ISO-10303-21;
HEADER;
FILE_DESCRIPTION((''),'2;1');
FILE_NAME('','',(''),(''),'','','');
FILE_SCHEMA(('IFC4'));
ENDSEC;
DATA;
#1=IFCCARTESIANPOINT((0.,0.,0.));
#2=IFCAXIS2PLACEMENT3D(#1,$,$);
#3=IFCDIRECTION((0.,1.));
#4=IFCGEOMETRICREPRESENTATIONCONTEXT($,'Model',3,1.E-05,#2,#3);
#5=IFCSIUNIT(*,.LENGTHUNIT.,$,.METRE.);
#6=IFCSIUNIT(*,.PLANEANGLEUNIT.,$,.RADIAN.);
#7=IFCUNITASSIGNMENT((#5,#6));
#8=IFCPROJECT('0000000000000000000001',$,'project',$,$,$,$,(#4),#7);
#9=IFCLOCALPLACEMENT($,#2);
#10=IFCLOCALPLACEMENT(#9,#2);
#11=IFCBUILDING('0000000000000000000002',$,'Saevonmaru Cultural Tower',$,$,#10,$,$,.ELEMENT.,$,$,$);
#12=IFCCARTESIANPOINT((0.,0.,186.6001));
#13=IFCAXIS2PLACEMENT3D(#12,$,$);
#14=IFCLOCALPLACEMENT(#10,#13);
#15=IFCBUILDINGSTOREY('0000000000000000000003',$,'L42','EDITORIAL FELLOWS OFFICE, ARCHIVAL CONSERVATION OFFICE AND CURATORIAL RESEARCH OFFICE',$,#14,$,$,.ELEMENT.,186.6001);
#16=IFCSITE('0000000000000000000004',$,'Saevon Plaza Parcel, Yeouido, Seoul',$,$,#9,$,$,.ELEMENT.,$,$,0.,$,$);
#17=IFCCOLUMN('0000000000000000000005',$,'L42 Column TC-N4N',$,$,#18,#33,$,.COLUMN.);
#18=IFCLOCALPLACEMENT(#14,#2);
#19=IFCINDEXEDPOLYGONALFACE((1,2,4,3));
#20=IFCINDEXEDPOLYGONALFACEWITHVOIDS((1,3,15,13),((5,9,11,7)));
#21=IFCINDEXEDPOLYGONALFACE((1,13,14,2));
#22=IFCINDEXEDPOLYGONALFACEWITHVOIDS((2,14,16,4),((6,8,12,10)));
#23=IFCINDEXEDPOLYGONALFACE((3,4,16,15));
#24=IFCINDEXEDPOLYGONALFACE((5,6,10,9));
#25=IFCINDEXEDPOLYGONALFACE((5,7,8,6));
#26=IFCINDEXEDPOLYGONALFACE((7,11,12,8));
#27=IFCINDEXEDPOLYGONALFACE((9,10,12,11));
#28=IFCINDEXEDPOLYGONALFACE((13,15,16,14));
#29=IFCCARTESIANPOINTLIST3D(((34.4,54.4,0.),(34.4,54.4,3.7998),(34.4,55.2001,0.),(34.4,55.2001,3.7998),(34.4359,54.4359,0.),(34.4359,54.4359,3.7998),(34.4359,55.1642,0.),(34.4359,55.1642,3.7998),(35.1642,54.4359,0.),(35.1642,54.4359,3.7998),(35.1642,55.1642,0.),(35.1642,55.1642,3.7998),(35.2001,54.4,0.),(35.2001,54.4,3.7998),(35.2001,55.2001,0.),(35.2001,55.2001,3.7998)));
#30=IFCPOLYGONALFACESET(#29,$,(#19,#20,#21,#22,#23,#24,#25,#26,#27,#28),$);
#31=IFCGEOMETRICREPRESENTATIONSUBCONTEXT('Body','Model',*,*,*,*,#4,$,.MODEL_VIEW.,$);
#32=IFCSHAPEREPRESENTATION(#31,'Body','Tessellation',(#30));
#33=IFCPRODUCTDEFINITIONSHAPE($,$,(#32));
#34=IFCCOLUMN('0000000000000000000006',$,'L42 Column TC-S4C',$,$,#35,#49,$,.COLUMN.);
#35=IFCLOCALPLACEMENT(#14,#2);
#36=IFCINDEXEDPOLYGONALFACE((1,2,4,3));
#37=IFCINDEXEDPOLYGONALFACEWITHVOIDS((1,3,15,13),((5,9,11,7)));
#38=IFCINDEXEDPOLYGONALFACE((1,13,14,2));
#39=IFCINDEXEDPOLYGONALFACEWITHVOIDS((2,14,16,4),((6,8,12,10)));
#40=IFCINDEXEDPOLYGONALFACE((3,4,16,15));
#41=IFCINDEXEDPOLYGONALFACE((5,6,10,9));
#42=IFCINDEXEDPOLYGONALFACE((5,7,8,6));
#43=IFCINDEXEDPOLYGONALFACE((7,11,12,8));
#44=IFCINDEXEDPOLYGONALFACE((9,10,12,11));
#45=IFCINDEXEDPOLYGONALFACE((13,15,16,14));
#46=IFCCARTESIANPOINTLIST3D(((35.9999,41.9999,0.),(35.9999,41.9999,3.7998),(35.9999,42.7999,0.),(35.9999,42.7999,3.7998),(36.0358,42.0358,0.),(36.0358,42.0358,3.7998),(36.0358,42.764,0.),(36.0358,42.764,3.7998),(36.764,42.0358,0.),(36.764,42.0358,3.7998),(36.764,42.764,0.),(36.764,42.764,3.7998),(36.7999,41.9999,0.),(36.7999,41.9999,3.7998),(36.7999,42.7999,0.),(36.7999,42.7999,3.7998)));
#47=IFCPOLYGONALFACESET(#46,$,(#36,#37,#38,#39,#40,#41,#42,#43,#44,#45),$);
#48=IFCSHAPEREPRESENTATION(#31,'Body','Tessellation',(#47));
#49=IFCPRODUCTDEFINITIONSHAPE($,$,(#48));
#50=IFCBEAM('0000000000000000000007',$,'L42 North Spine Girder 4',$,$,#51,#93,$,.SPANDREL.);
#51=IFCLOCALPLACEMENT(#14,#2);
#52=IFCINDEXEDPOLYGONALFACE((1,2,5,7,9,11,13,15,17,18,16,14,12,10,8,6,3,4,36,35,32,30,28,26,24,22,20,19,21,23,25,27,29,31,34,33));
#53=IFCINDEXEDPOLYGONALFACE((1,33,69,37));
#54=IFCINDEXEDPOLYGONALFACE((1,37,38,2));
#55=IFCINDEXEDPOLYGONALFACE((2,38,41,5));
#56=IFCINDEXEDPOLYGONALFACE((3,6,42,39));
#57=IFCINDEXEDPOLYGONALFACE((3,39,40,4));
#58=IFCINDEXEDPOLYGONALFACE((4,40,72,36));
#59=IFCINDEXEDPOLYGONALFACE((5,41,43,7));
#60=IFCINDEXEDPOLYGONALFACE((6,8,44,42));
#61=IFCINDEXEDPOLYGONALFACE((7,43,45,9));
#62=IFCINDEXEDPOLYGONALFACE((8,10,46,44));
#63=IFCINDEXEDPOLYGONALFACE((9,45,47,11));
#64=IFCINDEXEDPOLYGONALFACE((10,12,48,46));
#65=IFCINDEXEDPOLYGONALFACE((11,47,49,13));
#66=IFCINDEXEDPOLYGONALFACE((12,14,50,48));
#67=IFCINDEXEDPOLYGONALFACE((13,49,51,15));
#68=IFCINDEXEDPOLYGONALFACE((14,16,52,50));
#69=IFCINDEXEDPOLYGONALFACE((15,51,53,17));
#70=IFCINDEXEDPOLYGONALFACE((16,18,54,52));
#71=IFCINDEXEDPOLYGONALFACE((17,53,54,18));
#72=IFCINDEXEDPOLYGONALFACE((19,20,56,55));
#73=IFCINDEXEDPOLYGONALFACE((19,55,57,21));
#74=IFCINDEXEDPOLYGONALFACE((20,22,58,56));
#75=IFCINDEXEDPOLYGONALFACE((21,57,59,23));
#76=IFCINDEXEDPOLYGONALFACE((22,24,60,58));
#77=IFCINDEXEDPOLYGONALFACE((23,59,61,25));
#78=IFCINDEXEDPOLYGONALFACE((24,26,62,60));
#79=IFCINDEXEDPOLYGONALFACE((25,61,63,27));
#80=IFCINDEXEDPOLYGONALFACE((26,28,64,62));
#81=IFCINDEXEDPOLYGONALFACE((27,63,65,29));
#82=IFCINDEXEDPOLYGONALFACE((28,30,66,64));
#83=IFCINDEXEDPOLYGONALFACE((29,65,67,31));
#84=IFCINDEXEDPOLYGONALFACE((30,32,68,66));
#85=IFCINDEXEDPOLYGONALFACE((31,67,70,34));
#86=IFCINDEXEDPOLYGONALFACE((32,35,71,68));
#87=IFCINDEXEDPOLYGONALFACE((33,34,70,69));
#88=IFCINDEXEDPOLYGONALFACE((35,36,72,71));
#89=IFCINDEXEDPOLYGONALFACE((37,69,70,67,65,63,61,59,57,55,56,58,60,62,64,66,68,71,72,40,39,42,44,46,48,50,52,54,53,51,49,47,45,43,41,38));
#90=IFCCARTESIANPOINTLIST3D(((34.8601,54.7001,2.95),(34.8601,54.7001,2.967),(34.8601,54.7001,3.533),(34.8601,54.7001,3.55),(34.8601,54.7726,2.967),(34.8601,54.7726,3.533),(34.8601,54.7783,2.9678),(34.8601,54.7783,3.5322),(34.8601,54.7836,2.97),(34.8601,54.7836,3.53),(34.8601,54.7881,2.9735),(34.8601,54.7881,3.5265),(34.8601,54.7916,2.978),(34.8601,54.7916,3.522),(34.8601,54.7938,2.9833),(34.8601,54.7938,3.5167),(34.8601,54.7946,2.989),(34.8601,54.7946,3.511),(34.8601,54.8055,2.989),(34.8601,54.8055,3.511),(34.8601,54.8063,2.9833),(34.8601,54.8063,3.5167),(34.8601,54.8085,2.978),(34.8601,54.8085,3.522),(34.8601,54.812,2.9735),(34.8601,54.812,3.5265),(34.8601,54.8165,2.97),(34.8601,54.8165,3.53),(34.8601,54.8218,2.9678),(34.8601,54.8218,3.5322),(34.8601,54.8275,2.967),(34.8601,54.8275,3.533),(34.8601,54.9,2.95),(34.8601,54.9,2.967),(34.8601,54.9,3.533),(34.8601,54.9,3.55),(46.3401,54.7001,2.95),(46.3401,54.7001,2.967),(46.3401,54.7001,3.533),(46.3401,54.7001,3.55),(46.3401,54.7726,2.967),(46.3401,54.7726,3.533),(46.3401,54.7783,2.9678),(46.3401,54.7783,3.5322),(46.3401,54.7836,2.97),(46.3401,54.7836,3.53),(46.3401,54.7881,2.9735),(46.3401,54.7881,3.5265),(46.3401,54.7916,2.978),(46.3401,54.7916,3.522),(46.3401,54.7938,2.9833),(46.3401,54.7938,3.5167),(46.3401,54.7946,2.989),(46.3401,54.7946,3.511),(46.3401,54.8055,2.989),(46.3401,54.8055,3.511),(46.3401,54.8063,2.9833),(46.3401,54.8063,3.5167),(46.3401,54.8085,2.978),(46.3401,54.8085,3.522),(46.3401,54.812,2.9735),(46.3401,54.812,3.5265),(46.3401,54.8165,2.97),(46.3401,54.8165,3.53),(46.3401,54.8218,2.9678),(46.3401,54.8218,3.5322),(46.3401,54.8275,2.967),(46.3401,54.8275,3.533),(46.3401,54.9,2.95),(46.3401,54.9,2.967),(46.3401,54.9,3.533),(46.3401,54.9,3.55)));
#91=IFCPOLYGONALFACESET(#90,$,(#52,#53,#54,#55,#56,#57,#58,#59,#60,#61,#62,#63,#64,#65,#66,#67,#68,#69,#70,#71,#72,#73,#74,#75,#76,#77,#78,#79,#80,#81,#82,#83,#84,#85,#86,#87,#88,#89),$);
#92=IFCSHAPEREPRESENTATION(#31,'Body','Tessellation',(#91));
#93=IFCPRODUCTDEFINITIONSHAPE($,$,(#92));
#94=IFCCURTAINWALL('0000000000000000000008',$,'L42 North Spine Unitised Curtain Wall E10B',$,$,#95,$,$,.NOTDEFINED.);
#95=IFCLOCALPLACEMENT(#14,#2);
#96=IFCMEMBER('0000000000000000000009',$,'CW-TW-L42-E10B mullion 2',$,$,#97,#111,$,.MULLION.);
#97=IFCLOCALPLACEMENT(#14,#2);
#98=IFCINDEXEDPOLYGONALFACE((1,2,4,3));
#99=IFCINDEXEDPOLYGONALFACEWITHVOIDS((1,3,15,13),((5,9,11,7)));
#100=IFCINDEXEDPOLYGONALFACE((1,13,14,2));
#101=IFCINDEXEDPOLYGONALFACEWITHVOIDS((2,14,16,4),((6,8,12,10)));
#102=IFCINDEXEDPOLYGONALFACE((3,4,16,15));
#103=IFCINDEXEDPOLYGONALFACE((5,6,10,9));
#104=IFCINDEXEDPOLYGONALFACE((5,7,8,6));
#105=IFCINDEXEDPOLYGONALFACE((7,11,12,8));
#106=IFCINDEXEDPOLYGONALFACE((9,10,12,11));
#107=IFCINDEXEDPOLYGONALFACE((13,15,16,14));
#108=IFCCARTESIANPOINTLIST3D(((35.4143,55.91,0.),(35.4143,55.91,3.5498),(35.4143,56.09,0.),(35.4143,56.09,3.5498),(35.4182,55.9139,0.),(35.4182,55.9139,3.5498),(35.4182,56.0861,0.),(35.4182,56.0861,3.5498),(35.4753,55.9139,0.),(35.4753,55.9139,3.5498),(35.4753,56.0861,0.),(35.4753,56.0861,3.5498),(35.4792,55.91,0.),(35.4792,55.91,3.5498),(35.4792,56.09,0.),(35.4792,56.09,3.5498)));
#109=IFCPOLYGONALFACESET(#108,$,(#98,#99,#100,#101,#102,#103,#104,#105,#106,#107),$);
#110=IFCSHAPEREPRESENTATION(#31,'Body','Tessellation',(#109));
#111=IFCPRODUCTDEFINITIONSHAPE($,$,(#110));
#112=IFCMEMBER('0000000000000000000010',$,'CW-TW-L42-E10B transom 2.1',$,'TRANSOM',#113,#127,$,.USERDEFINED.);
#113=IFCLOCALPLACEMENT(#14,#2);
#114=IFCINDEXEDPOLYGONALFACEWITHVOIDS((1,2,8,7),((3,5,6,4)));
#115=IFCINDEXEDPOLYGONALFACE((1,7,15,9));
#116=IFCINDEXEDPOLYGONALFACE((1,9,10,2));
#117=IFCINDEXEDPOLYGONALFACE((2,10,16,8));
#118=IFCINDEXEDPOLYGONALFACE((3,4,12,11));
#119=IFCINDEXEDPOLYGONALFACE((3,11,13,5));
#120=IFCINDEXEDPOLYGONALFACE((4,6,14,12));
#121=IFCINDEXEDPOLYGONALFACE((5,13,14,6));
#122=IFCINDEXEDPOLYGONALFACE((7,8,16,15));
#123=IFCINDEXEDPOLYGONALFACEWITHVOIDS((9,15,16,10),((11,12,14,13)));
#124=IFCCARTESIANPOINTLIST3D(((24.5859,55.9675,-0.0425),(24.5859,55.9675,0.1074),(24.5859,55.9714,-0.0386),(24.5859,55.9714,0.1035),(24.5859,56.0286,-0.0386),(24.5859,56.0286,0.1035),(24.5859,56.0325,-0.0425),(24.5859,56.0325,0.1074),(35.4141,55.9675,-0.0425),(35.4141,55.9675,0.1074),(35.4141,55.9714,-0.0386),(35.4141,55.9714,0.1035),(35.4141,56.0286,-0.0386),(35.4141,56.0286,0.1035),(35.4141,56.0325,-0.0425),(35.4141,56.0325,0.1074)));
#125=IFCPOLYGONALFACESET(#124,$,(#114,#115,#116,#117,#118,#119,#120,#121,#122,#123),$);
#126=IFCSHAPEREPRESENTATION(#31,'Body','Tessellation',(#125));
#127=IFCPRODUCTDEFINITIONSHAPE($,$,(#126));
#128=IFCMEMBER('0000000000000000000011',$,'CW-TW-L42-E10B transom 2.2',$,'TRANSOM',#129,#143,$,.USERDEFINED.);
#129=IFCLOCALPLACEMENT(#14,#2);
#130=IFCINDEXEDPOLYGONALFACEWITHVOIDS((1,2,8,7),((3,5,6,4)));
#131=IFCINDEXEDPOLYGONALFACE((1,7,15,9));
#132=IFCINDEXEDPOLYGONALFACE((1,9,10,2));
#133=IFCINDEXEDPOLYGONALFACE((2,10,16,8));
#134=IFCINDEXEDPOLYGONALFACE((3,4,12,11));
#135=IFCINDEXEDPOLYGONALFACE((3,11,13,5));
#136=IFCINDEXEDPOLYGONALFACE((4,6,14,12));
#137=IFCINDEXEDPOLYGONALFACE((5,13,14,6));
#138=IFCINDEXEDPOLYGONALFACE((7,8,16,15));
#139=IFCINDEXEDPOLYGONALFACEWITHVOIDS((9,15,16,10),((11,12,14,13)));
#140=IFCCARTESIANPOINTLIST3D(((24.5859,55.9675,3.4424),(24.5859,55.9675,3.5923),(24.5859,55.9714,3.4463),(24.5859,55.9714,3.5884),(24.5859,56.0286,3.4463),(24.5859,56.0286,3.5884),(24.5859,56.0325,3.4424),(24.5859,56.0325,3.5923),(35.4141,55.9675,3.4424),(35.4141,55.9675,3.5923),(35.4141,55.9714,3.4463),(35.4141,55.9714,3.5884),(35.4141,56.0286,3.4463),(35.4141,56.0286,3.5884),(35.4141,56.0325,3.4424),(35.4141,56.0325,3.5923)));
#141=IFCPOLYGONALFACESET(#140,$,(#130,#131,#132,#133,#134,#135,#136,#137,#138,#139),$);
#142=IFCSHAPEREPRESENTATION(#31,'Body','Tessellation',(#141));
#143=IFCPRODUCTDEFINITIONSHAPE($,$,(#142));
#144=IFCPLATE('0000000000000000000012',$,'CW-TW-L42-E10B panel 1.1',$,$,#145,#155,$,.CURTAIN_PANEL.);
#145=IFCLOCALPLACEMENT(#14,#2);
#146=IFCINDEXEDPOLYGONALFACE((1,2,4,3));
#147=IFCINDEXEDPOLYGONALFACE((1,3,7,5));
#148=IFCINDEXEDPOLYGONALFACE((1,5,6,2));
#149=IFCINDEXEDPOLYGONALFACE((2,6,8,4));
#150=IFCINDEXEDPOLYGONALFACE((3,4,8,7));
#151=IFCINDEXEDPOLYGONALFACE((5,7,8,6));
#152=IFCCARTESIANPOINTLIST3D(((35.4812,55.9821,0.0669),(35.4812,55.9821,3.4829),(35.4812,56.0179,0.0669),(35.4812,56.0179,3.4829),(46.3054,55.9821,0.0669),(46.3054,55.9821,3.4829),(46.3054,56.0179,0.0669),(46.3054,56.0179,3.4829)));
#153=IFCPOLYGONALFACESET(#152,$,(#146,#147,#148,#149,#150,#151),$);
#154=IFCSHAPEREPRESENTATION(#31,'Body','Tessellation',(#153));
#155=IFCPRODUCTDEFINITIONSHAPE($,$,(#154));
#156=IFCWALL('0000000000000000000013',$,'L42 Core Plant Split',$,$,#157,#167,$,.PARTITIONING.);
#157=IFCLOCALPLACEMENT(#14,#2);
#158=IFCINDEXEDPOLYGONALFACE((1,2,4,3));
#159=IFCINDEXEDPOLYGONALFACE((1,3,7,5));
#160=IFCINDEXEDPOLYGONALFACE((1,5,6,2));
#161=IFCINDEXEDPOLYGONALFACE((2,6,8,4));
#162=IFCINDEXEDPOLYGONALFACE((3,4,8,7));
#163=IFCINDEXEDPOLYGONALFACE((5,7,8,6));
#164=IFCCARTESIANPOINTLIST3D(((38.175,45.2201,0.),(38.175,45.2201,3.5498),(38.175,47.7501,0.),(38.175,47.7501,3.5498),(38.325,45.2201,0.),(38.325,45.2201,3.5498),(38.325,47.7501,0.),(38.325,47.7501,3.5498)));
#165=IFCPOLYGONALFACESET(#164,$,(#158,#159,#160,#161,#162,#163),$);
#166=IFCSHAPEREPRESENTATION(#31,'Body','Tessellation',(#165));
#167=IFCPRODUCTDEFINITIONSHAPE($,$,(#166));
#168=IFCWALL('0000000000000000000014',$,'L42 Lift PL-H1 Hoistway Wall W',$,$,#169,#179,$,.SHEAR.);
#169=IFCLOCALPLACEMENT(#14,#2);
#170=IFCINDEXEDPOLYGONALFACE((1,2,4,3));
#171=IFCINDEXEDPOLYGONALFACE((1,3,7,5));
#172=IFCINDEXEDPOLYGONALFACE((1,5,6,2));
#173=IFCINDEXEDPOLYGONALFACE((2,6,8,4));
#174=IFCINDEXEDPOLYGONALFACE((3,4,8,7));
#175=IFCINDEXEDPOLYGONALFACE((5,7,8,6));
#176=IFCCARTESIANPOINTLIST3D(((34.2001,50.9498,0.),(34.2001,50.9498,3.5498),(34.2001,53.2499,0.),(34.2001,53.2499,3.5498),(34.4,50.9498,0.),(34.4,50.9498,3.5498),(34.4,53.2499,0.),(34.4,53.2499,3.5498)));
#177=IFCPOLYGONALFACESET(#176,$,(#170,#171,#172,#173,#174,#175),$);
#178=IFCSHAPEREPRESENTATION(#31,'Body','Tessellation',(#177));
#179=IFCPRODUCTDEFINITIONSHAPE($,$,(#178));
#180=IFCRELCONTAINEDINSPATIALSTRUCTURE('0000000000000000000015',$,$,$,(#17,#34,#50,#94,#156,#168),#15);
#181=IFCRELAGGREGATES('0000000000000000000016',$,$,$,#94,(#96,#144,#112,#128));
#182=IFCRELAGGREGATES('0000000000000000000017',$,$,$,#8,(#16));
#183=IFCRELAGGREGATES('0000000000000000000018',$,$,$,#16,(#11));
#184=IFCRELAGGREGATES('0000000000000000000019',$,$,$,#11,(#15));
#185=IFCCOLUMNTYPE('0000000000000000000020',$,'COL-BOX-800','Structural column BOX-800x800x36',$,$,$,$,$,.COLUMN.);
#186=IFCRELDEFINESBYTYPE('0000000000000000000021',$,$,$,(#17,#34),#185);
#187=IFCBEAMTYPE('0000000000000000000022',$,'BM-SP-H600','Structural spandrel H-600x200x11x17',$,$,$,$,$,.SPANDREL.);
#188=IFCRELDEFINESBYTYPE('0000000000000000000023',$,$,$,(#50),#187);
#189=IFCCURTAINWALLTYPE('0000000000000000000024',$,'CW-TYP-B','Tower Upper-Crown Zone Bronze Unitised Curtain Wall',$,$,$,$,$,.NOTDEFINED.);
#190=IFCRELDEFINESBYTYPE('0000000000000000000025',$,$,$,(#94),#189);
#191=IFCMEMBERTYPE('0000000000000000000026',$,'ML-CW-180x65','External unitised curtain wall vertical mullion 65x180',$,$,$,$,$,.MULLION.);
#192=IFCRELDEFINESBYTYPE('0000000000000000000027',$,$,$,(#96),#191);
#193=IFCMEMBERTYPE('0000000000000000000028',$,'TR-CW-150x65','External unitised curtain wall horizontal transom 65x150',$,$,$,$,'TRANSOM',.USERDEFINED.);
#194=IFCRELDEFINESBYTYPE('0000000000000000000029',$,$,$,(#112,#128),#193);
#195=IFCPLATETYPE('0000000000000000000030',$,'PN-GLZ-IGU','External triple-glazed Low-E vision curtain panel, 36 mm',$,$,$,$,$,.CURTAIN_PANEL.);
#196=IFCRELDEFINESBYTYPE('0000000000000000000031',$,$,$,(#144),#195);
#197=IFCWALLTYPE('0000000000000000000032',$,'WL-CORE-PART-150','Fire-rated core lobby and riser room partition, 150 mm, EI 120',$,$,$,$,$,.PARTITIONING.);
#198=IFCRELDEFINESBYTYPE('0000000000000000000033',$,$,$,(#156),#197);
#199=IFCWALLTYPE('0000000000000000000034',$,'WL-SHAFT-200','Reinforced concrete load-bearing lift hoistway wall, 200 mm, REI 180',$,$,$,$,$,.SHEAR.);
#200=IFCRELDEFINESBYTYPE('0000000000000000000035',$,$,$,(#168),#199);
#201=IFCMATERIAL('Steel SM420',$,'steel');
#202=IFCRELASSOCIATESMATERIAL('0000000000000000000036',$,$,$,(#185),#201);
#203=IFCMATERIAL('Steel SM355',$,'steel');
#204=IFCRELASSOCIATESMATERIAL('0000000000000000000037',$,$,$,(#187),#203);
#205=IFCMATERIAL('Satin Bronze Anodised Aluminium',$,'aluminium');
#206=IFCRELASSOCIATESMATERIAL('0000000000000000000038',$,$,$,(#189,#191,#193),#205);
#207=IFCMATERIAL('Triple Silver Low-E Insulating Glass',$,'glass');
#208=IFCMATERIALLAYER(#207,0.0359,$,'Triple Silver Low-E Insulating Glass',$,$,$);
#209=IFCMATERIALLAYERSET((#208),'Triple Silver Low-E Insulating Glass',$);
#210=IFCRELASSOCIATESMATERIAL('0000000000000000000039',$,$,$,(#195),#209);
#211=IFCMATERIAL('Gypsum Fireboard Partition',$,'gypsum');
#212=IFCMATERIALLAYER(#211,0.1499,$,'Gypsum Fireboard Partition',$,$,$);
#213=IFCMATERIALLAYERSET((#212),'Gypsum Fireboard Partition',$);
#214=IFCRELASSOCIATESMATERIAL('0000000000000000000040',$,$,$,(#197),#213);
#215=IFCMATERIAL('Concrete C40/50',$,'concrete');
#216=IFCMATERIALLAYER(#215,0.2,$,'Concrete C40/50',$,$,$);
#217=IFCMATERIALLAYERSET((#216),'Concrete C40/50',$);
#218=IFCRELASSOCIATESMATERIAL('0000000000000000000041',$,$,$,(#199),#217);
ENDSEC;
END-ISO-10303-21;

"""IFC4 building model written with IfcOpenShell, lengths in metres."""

from ifc_helpers import new_model, si_unit, direction, frame, frame_2d, origin, origin_2d, place, context, subcontext, project, spatial, rectangle, hollow_rectangle, i_section, extrude, material, layer, layer_set, material_profile, profile_set, type_object, element, aggregate, save


model = new_model("IFC4")

# Units and contexts
model_context = context("Model", 3, precision=1e-05, world=origin(), true_north=direction((0.0, 1.0)))
body_context = subcontext(model_context, "Body", "Model", "MODEL_VIEW")
ifc_project = project(units=[si_unit("LENGTHUNIT", "METRE"), si_unit("PLANEANGLEUNIT", "RADIAN")], contexts=[model_context])

# Site, building, storey
site_placement = place(None, origin())
site = spatial("IfcSite", under=ifc_project, at=site_placement, Name="Saevon Plaza Parcel, Yeouido, Seoul", CompositionType="ELEMENT", RefElevation=0.0)
building_placement = place(site_placement, origin())
building = spatial("IfcBuilding", under=site, at=building_placement, Name="Saevonmaru Cultural Tower", CompositionType="ELEMENT")
storey_placement = place(building_placement, frame((0.0, 0.0, 186.6001)))
storey = spatial("IfcBuildingStorey", under=building, at=storey_placement, Name="L42", Description="EDITORIAL FELLOWS OFFICE, ARCHIVAL CONSERVATION OFFICE AND CURATORIAL RESEARCH OFFICE", CompositionType="ELEMENT", Elevation=186.6001)

# Columns
ifc_material_1 = material(Name="Steel SM420", Category="steel")
ifc_material_profile_1 = material_profile(ifc_material_1, hollow_rectangle(XDim=0.8, YDim=0.8, WallThickness=0.0359, at=origin_2d()), Name="BOX-800x800x36")
ifc_profile_set_1 = profile_set([ifc_material_profile_1], Name="Steel SM420")
column_type = type_object("IfcColumnType", Name="COL-BOX-800", Description="Structural column BOX-800x800x36", PredefinedType="COLUMN", material=ifc_profile_set_1)
for number, where, z_axis, x_axis, name in (
    (1, (34.8, 54.8, 0.0), (0.0, 0.0, 1.0), (1.0, 0.0, 0.0), "L42 Column TC-N4N"),
    (2, (36.3999, 42.3999, 0.0), (0.0, 0.0, 1.0), (1.0, 0.0, 0.0), "L42 Column TC-S4C"),
):
    element("IfcColumn", number, at=place(storey_placement, frame(where, z_axis=z_axis, x_axis=x_axis)), inside=storey, type_object=column_type, Name=name, PredefinedType="COLUMN", context=body_context, shape_type="SweptSolid", body=[
        extrude(hollow_rectangle(XDim=0.8, YDim=0.8, WallThickness=0.0359, at=origin_2d()), origin(), (0.0, 0.0, 1.0), 3.7998),
    ])

# Beam
ifc_material_2 = material(Name="Steel SM355", Category="steel")
ifc_material_profile_2 = material_profile(ifc_material_2, i_section(OverallWidth=0.2, OverallDepth=0.6001, WebThickness=0.011, FlangeThickness=0.0171, FilletRadius=0.022, at=origin_2d()), Name="H-600x200x11x17")
ifc_profile_set_2 = profile_set([ifc_material_profile_2], Name="Steel SM355")
beam_type = type_object("IfcBeamType", Name="BM-SP-H600", Description="Structural spandrel H-600x200x11x17", PredefinedType="SPANDREL", material=ifc_profile_set_2)
beam_placement = place(storey_placement, frame((34.8601, 54.8, 3.25), z_axis=(1.0, 0.0, 0.0), x_axis=(0.0, 1.0, 0.0)))
element("IfcBeam", 3, at=beam_placement, inside=storey, type_object=beam_type, Name="L42 North Spine Girder 4", PredefinedType="SPANDREL", context=body_context, shape_type="SweptSolid", body=[
    extrude(i_section(OverallWidth=0.2, OverallDepth=0.6001, WebThickness=0.011, FlangeThickness=0.0171, FilletRadius=0.022, at=origin_2d()), origin(), (0.0, 0.0, 1.0), 11.48),
])

# Curtain wall, members, plate
ifc_material_3 = material(Name="Satin Bronze Anodised Aluminium", Category="aluminium")
curtain_wall_type = type_object("IfcCurtainWallType", Name="CW-TYP-B", Description="Tower Upper-Crown Zone Bronze Unitised Curtain Wall", PredefinedType="NOTDEFINED", material=ifc_material_3)
curtain_wall_placement = place(storey_placement, origin())
curtain_wall = element("IfcCurtainWall", 4, at=curtain_wall_placement, inside=storey, type_object=curtain_wall_type, Name="L42 North Spine Unitised Curtain Wall E10B", PredefinedType="NOTDEFINED")
ifc_material_profile_3 = material_profile(ifc_material_3, hollow_rectangle(XDim=0.0649, YDim=0.1799, WallThickness=0.0039, at=origin_2d()), Name="ALU-MULL-180x65x4")
ifc_profile_set_3 = profile_set([ifc_material_profile_3], Name="Satin Bronze Anodised Aluminium")
member_type_1 = type_object("IfcMemberType", Name="ML-CW-180x65", Description="External unitised curtain wall vertical mullion 65x180", PredefinedType="MULLION", material=ifc_profile_set_3)
member_1_placement = place(storey_placement, frame((35.4468, 56.0, 0.0), z_axis=(0.0, 0.0, 1.0), x_axis=(-1.0, 0.0, 0.0)))
member_1 = element("IfcMember", 5, at=member_1_placement, type_object=member_type_1, Name="CW-TW-L42-E10B mullion 2", PredefinedType="MULLION", context=body_context, shape_type="SweptSolid", body=[
    extrude(hollow_rectangle(XDim=0.0649, YDim=0.1799, WallThickness=0.0039, at=origin_2d()), origin(), (0.0, 0.0, 1.0), 3.5498),
])
ifc_material_profile_4 = material_profile(ifc_material_3, hollow_rectangle(XDim=0.0649, YDim=0.1499, WallThickness=0.0039, at=origin_2d()), Name="ALU-TRAN-150x65x4")
ifc_profile_set_4 = profile_set([ifc_material_profile_4], Name="Satin Bronze Anodised Aluminium")
member_type_2 = type_object("IfcMemberType", Name="TR-CW-150x65", Description="External unitised curtain wall horizontal transom 65x150", ElementType="TRANSOM", PredefinedType="USERDEFINED", material=ifc_profile_set_4)
member_2_placement = place(storey_placement, frame((35.4141, 56.0, 0.0325), z_axis=(-1.0, 0.0, 0.0), x_axis=(0.0, -1.0, 0.0)))
member_2 = element("IfcMember", 6, at=member_2_placement, type_object=member_type_2, Name="CW-TW-L42-E10B transom 2.1", ObjectType="TRANSOM", PredefinedType="USERDEFINED", context=body_context, shape_type="SweptSolid", body=[
    extrude(hollow_rectangle(XDim=0.0649, YDim=0.1499, WallThickness=0.0039, at=origin_2d()), origin(), (0.0, 0.0, 1.0), 10.8281),
])
member_3_placement = place(storey_placement, frame((35.4141, 56.0, 3.5173), z_axis=(-1.0, 0.0, 0.0), x_axis=(0.0, -1.0, 0.0)))
member_3 = element("IfcMember", 7, at=member_3_placement, type_object=member_type_2, Name="CW-TW-L42-E10B transom 2.2", ObjectType="TRANSOM", PredefinedType="USERDEFINED", context=body_context, shape_type="SweptSolid", body=[
    extrude(hollow_rectangle(XDim=0.0649, YDim=0.1499, WallThickness=0.0039, at=origin_2d()), origin(), (0.0, 0.0, 1.0), 10.8281),
])
ifc_material_4 = material(Name="Triple Silver Low-E Insulating Glass", Category="glass")
ifc_layer_1 = layer(ifc_material_4, 0.0359, Name="Triple Silver Low-E Insulating Glass")
ifc_layer_set_1 = layer_set([ifc_layer_1], Name="Triple Silver Low-E Insulating Glass")
plate_type = type_object("IfcPlateType", Name="PN-GLZ-IGU", Description="External triple-glazed Low-E vision curtain panel, 36 mm", PredefinedType="CURTAIN_PANEL", material=ifc_layer_set_1)
plate_placement = place(storey_placement, frame((40.8933, 56.0, 0.0669), z_axis=(0.0, 0.0, 1.0), x_axis=(-1.0, 0.0, 0.0)))
plate = element("IfcPlate", 8, at=plate_placement, type_object=plate_type, Name="CW-TW-L42-E10B panel 1.1", PredefinedType="CURTAIN_PANEL", context=body_context, shape_type="SweptSolid", body=[
    extrude(rectangle(XDim=10.8242, YDim=0.0359, at=origin_2d()), origin(), (0.0, 0.0, 1.0), 3.416),
])
aggregate(curtain_wall, [member_1, plate, member_2, member_3])

# Walls
ifc_material_5 = material(Name="Gypsum Fireboard Partition", Category="gypsum")
ifc_layer_2 = layer(ifc_material_5, 0.1499, Name="Gypsum Fireboard Partition")
ifc_layer_set_2 = layer_set([ifc_layer_2], Name="Gypsum Fireboard Partition")
wall_type_1 = type_object("IfcWallType", Name="WL-CORE-PART-150", Description="Fire-rated core lobby and riser room partition, 150 mm, EI 120", PredefinedType="PARTITIONING", material=ifc_layer_set_2)
wall_1_placement = place(storey_placement, frame((38.25, 45.22, 0.0), z_axis=(0.0, 0.0, 1.0), x_axis=(0.0, 1.0, 0.0)))
element("IfcWall", 9, at=wall_1_placement, inside=storey, type_object=wall_type_1, Name="L42 Core Plant Split", PredefinedType="PARTITIONING", context=body_context, shape_type="SweptSolid", body=[
    extrude(rectangle(XDim=2.53, YDim=0.1499, at=frame_2d((1.2651, 0.0))), origin(), (0.0, 0.0, 1.0), 3.5498),
])
ifc_material_6 = material(Name="Concrete C40/50", Category="concrete")
ifc_layer_3 = layer(ifc_material_6, 0.2, Name="Concrete C40/50")
ifc_layer_set_3 = layer_set([ifc_layer_3], Name="Concrete C40/50")
wall_type_2 = type_object("IfcWallType", Name="WL-SHAFT-200", Description="Reinforced concrete load-bearing lift hoistway wall, 200 mm, REI 180", PredefinedType="SHEAR", material=ifc_layer_set_3)
for number, where, z_axis, x_axis, name in (
    (10, (34.3, 50.95, 0.0), (0.0, 0.0, 1.0), (0.0, 1.0, 0.0), "L42 Lift PL-H1 Hoistway Wall W"),
):
    element("IfcWall", number, at=place(storey_placement, frame(where, z_axis=z_axis, x_axis=x_axis)), inside=storey, type_object=wall_type_2, Name=name, PredefinedType="SHEAR", context=body_context, shape_type="SweptSolid", body=[
        extrude(rectangle(XDim=2.3, YDim=0.2, at=frame_2d((1.1499, 0.0))), origin(), (0.0, 0.0, 1.0), 3.5498),
    ])

save(model, "model.ifc")
